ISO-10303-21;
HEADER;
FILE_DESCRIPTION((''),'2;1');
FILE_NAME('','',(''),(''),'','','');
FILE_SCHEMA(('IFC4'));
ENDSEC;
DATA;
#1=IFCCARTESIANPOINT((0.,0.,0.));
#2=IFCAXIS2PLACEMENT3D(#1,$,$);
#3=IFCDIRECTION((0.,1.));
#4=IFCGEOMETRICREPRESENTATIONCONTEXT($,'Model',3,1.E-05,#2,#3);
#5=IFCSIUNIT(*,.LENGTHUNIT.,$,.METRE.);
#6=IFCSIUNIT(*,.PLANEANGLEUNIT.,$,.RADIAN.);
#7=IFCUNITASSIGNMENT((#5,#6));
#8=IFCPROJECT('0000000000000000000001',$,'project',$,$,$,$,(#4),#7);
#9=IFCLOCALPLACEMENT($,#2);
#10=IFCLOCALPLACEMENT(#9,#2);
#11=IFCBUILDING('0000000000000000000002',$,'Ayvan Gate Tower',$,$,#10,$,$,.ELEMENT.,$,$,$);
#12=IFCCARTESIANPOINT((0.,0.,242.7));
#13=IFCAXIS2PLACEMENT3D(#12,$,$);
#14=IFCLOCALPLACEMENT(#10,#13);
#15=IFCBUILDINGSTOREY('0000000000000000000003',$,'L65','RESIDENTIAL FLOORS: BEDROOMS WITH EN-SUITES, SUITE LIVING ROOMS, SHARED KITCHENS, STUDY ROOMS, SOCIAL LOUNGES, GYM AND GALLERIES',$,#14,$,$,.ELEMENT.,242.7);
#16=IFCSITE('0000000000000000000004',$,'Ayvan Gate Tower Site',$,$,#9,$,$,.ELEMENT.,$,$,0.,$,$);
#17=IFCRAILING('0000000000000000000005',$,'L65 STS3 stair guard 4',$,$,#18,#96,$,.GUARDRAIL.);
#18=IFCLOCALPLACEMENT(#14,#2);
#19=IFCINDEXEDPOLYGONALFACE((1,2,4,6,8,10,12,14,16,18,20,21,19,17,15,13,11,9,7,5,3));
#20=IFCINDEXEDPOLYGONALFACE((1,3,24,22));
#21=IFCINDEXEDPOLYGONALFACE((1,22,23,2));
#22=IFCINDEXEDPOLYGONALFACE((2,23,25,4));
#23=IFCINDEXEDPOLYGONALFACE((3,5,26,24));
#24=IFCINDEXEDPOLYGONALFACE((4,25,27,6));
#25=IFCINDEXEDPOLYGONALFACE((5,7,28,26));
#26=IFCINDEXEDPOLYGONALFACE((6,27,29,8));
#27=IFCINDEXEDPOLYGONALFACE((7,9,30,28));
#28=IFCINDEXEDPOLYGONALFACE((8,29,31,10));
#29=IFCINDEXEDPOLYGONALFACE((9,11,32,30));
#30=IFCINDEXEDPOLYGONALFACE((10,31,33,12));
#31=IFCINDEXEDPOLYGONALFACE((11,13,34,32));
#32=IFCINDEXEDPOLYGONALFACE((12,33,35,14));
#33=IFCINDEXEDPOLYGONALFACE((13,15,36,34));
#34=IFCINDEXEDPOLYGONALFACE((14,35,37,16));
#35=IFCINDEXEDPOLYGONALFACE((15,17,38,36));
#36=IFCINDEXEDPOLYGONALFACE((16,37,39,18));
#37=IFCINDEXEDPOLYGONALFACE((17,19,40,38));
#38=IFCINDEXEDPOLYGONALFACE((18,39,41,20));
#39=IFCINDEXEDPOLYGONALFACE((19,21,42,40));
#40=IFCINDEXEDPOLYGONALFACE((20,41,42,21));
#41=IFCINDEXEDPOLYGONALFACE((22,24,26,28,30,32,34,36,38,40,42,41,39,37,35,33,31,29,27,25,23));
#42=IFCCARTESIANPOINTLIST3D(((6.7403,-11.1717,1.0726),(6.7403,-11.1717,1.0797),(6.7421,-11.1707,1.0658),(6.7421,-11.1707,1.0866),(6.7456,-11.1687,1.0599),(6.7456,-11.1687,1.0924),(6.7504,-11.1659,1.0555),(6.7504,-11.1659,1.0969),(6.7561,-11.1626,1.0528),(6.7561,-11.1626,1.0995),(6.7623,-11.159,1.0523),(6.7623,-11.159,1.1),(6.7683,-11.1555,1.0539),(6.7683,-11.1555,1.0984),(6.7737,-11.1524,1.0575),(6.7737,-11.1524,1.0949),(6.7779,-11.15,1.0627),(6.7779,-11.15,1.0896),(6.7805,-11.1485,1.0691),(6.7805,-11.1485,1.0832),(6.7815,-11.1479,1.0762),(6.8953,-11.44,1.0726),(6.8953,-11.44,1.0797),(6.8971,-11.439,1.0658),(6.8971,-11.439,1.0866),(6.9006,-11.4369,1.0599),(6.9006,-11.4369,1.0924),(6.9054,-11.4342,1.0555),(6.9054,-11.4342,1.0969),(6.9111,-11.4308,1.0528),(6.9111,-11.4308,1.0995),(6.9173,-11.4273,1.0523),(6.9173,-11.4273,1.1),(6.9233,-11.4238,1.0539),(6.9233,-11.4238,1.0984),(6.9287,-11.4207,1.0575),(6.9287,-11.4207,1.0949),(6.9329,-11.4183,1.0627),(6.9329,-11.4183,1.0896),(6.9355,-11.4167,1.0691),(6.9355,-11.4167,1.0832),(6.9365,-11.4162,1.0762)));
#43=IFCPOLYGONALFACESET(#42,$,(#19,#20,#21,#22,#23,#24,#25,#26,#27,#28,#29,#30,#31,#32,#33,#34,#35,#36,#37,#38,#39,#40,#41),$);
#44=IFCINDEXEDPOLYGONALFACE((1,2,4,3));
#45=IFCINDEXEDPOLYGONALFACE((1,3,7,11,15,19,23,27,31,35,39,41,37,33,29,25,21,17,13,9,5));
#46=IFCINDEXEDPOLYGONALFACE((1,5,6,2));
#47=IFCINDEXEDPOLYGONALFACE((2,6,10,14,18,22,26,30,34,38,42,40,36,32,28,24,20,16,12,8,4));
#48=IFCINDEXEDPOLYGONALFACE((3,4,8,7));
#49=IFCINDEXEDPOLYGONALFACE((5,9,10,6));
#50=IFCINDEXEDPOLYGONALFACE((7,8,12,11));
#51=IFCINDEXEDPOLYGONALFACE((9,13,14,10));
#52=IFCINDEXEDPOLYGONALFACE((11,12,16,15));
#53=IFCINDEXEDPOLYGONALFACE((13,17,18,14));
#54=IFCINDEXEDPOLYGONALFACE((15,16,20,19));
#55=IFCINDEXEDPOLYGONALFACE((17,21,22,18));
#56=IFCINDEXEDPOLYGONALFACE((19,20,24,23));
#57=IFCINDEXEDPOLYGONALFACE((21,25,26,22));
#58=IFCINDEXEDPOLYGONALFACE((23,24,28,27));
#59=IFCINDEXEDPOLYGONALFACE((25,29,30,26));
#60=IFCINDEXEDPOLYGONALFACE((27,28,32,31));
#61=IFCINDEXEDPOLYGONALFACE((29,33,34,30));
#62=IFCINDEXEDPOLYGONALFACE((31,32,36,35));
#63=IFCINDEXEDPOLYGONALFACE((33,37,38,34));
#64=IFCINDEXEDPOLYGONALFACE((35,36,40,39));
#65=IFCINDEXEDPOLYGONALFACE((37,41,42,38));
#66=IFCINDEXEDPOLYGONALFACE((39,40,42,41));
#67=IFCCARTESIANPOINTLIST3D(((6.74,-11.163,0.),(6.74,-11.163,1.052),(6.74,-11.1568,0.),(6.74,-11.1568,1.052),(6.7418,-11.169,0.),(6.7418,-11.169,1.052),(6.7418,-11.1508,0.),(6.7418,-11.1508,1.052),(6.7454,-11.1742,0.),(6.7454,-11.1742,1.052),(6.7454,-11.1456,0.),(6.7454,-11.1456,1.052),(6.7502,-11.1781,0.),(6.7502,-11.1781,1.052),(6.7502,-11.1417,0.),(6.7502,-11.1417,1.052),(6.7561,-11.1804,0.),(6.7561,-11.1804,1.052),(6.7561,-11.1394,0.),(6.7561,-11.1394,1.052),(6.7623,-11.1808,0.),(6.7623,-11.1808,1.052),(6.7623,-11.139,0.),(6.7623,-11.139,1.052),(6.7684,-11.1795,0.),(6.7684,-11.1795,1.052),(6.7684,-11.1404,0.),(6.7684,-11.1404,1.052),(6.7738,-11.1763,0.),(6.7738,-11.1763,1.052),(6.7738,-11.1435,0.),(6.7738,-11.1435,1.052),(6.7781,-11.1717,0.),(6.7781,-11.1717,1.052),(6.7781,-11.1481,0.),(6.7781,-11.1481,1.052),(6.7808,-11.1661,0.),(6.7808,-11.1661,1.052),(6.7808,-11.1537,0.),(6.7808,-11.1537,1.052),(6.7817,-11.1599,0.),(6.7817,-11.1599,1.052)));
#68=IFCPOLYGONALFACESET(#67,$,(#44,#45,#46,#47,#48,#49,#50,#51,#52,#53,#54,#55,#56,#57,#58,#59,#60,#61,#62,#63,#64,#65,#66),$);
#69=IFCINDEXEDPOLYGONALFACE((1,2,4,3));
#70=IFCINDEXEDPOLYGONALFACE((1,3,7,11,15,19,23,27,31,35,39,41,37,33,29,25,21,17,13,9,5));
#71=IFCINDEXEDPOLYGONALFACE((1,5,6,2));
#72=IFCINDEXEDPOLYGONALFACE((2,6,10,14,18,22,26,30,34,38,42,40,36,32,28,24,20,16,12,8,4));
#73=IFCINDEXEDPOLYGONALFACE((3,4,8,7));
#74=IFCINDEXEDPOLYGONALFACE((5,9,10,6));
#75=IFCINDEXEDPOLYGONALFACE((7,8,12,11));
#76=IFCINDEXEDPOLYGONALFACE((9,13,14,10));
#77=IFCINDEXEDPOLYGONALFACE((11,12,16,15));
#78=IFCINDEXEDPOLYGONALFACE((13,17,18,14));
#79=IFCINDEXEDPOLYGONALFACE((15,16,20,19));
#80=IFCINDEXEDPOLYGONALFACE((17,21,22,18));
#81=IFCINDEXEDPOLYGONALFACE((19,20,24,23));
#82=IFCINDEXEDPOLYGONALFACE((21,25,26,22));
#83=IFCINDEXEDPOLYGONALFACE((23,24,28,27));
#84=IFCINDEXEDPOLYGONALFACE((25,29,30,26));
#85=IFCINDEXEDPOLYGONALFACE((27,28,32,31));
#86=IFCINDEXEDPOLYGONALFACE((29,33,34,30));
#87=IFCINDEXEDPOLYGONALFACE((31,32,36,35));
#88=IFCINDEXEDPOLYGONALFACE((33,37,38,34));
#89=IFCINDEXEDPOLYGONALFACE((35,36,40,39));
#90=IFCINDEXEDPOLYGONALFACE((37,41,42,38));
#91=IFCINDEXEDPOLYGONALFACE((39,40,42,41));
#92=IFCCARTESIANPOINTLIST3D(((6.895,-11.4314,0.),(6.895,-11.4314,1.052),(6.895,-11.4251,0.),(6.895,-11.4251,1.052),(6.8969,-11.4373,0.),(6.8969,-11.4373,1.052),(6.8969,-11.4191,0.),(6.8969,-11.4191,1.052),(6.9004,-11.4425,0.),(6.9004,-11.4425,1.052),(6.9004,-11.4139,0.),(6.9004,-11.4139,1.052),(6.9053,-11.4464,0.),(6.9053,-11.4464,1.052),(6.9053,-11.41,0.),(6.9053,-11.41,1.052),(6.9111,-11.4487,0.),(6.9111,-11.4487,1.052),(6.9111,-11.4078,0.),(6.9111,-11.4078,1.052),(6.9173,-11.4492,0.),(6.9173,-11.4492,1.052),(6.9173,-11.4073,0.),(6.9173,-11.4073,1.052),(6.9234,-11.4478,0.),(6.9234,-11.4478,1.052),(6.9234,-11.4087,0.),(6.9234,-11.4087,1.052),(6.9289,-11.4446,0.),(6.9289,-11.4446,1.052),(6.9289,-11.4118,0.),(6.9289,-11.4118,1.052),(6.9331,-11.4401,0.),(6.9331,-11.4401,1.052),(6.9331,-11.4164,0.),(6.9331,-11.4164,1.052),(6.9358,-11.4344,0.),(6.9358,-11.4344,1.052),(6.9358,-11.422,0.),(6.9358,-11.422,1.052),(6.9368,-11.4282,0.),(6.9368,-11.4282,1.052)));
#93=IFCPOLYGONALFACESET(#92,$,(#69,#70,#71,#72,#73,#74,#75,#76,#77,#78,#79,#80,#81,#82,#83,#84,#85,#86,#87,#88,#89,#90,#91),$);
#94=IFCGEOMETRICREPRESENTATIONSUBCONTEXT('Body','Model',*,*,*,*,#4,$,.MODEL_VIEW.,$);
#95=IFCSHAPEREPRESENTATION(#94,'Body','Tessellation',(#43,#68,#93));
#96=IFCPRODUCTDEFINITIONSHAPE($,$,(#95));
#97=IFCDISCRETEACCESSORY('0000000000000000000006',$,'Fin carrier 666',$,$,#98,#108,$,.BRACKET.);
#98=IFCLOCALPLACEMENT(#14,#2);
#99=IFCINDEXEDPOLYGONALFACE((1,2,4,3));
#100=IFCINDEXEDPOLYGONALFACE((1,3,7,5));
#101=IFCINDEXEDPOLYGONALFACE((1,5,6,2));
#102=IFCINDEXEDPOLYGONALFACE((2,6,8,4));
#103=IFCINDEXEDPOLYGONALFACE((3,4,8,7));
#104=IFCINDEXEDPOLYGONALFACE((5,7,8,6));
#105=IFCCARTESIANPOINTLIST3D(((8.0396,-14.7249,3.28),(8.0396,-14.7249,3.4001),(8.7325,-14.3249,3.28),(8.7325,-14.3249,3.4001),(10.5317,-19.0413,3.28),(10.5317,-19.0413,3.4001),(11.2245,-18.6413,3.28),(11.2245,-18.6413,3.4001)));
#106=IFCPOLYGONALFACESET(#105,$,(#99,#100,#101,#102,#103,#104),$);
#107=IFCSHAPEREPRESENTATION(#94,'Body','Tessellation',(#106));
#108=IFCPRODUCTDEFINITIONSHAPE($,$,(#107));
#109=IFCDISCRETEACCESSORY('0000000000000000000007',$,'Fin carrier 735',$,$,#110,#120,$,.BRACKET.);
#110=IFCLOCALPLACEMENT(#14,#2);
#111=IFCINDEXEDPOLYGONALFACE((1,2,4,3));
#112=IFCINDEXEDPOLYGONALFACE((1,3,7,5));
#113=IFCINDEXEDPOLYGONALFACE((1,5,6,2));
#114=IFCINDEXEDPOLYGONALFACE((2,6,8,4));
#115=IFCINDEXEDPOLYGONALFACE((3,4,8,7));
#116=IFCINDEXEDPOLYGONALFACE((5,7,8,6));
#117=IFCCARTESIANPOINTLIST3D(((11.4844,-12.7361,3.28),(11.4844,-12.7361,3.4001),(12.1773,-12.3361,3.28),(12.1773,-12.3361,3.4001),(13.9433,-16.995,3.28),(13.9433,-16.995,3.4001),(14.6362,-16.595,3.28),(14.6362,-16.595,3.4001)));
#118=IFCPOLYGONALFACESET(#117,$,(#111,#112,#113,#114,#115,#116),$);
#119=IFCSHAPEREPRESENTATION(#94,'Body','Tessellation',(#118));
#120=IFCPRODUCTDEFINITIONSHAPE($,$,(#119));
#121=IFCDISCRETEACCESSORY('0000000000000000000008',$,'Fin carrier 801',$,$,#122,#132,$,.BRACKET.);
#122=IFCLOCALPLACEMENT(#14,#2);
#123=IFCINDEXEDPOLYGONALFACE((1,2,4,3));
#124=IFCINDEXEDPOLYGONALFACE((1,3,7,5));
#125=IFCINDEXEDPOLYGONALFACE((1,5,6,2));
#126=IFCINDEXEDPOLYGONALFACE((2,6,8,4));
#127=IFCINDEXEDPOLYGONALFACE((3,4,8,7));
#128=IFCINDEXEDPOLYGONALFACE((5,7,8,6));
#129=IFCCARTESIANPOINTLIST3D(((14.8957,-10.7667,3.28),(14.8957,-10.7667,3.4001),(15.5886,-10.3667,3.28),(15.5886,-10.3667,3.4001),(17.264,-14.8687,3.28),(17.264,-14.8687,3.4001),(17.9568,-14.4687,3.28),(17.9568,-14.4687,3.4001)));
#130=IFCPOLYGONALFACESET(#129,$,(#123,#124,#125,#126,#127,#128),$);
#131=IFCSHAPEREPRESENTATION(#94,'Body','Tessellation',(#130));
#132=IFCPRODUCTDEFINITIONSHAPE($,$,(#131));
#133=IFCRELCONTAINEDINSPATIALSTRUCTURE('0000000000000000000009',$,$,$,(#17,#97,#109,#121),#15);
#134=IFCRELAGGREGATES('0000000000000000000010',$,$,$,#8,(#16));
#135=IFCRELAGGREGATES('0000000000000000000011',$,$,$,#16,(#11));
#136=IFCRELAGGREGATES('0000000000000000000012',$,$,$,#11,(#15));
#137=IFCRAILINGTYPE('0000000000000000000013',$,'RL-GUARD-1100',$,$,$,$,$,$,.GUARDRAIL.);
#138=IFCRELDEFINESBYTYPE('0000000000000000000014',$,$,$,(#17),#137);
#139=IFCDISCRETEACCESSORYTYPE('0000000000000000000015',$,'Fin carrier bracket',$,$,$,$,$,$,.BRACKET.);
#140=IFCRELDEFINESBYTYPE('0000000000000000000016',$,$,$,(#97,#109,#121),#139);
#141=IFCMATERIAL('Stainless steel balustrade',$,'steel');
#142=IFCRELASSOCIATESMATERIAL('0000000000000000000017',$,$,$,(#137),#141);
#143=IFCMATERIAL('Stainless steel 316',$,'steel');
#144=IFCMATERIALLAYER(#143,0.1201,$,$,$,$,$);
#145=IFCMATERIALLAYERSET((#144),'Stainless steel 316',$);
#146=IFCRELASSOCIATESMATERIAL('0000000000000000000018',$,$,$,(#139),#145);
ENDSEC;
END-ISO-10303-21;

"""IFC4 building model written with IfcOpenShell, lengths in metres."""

from ifc_helpers import new_model, si_unit, direction, frame, origin, origin_2d, place, context, subcontext, project, spatial, rectangle, circle, extrude, material, layer, layer_set, type_object, element, save


model = new_model("IFC4")

# Units and contexts
model_context = context("Model", 3, precision=1e-05, world=origin(), true_north=direction((0.0, 1.0)))
body_context = subcontext(model_context, "Body", "Model", "MODEL_VIEW")
ifc_project = project(units=[si_unit("LENGTHUNIT", "METRE"), si_unit("PLANEANGLEUNIT", "RADIAN")], contexts=[model_context])

# Site, building, storey
site_placement = place(None, origin())
site = spatial("IfcSite", under=ifc_project, at=site_placement, Name="Ayvan Gate Tower Site", CompositionType="ELEMENT", RefElevation=0.0)
building_placement = place(site_placement, origin())
building = spatial("IfcBuilding", under=site, at=building_placement, Name="Ayvan Gate Tower", CompositionType="ELEMENT")
storey_placement = place(building_placement, frame((0.0, 0.0, 242.7)))
storey = spatial("IfcBuildingStorey", under=building, at=storey_placement, Name="L65", Description="RESIDENTIAL FLOORS: BEDROOMS WITH EN-SUITES, SUITE LIVING ROOMS, SHARED KITCHENS, STUDY ROOMS, SOCIAL LOUNGES, GYM AND GALLERIES", CompositionType="ELEMENT", Elevation=242.7)

# Railing
ifc_material_1 = material(Name="Stainless steel balustrade", Category="steel")
railing_type = type_object("IfcRailingType", Name="RL-GUARD-1100", PredefinedType="GUARDRAIL", material=ifc_material_1)
railing_placement = place(storey_placement, frame((6.7607, -11.1599, 0.0)))
element("IfcRailing", 1, at=railing_placement, inside=storey, type_object=railing_type, Name="L65 STS3 stair guard 4", PredefinedType="GUARDRAIL", context=body_context, shape_type="SweptSolid", body=[
    extrude(circle(Radius=0.0239, at=origin_2d()), frame((0.0, 0.0, 1.0762), z_axis=(0.500291, -0.865857, 0.0), x_axis=(0.865857, 0.500291, 0.0)), (0.0, 0.0, 1.0), 0.3098),
    extrude(circle(Radius=0.021, at=origin_2d()), origin(), (0.0, 0.0, 1.0), 1.052),
    extrude(circle(Radius=0.021, at=origin_2d()), frame((0.155, -0.2683, 0.0)), (0.0, 0.0, 1.0), 1.052),
])

# Discrete accessories
ifc_material_2 = material(Name="Stainless steel 316", Category="steel")
ifc_layer_1 = layer(ifc_material_2, 0.1201)
ifc_layer_set_1 = layer_set([ifc_layer_1], Name="Stainless steel 316")
discrete_accessory_type = type_object("IfcDiscreteAccessoryType", Name="Fin carrier bracket", PredefinedType="BRACKET", material=ifc_layer_set_1)
discrete_accessory_1_placement = place(storey_placement, frame((9.6321, -16.6831, 3.28), z_axis=(0.0, 0.0, 1.0), x_axis=(0.866025, 0.5, 0.0)))
element("IfcDiscreteAccessory", 2, at=discrete_accessory_1_placement, inside=storey, type_object=discrete_accessory_type, Name="Fin carrier 666", PredefinedType="BRACKET", context=body_context, shape_type="SweptSolid", body=[
    extrude(rectangle(XDim=0.8, YDim=4.9841, at=origin_2d()), origin(), (0.0, 0.0, 1.0), 0.1201),
])
discrete_accessory_2_placement = place(storey_placement, frame((13.0603, -14.6655, 3.28), z_axis=(0.0, 0.0, 1.0), x_axis=(0.866025, 0.5, 0.0)))
element("IfcDiscreteAccessory", 3, at=discrete_accessory_2_placement, inside=storey, type_object=discrete_accessory_type, Name="Fin carrier 735", PredefinedType="BRACKET", context=body_context, shape_type="SweptSolid", body=[
    extrude(rectangle(XDim=0.8, YDim=4.9177, at=origin_2d()), origin(), (0.0, 0.0, 1.0), 0.1201),
])
discrete_accessory_3_placement = place(storey_placement, frame((16.4263, -12.6177, 3.28), z_axis=(0.0, 0.0, 1.0), x_axis=(0.866025, 0.5, 0.0)))
element("IfcDiscreteAccessory", 4, at=discrete_accessory_3_placement, inside=storey, type_object=discrete_accessory_type, Name="Fin carrier 801", PredefinedType="BRACKET", context=body_context, shape_type="SweptSolid", body=[
    extrude(rectangle(XDim=0.8, YDim=4.7366, at=origin_2d()), origin(), (0.0, 0.0, 1.0), 0.1201),
])

save(model, "model.ifc")
